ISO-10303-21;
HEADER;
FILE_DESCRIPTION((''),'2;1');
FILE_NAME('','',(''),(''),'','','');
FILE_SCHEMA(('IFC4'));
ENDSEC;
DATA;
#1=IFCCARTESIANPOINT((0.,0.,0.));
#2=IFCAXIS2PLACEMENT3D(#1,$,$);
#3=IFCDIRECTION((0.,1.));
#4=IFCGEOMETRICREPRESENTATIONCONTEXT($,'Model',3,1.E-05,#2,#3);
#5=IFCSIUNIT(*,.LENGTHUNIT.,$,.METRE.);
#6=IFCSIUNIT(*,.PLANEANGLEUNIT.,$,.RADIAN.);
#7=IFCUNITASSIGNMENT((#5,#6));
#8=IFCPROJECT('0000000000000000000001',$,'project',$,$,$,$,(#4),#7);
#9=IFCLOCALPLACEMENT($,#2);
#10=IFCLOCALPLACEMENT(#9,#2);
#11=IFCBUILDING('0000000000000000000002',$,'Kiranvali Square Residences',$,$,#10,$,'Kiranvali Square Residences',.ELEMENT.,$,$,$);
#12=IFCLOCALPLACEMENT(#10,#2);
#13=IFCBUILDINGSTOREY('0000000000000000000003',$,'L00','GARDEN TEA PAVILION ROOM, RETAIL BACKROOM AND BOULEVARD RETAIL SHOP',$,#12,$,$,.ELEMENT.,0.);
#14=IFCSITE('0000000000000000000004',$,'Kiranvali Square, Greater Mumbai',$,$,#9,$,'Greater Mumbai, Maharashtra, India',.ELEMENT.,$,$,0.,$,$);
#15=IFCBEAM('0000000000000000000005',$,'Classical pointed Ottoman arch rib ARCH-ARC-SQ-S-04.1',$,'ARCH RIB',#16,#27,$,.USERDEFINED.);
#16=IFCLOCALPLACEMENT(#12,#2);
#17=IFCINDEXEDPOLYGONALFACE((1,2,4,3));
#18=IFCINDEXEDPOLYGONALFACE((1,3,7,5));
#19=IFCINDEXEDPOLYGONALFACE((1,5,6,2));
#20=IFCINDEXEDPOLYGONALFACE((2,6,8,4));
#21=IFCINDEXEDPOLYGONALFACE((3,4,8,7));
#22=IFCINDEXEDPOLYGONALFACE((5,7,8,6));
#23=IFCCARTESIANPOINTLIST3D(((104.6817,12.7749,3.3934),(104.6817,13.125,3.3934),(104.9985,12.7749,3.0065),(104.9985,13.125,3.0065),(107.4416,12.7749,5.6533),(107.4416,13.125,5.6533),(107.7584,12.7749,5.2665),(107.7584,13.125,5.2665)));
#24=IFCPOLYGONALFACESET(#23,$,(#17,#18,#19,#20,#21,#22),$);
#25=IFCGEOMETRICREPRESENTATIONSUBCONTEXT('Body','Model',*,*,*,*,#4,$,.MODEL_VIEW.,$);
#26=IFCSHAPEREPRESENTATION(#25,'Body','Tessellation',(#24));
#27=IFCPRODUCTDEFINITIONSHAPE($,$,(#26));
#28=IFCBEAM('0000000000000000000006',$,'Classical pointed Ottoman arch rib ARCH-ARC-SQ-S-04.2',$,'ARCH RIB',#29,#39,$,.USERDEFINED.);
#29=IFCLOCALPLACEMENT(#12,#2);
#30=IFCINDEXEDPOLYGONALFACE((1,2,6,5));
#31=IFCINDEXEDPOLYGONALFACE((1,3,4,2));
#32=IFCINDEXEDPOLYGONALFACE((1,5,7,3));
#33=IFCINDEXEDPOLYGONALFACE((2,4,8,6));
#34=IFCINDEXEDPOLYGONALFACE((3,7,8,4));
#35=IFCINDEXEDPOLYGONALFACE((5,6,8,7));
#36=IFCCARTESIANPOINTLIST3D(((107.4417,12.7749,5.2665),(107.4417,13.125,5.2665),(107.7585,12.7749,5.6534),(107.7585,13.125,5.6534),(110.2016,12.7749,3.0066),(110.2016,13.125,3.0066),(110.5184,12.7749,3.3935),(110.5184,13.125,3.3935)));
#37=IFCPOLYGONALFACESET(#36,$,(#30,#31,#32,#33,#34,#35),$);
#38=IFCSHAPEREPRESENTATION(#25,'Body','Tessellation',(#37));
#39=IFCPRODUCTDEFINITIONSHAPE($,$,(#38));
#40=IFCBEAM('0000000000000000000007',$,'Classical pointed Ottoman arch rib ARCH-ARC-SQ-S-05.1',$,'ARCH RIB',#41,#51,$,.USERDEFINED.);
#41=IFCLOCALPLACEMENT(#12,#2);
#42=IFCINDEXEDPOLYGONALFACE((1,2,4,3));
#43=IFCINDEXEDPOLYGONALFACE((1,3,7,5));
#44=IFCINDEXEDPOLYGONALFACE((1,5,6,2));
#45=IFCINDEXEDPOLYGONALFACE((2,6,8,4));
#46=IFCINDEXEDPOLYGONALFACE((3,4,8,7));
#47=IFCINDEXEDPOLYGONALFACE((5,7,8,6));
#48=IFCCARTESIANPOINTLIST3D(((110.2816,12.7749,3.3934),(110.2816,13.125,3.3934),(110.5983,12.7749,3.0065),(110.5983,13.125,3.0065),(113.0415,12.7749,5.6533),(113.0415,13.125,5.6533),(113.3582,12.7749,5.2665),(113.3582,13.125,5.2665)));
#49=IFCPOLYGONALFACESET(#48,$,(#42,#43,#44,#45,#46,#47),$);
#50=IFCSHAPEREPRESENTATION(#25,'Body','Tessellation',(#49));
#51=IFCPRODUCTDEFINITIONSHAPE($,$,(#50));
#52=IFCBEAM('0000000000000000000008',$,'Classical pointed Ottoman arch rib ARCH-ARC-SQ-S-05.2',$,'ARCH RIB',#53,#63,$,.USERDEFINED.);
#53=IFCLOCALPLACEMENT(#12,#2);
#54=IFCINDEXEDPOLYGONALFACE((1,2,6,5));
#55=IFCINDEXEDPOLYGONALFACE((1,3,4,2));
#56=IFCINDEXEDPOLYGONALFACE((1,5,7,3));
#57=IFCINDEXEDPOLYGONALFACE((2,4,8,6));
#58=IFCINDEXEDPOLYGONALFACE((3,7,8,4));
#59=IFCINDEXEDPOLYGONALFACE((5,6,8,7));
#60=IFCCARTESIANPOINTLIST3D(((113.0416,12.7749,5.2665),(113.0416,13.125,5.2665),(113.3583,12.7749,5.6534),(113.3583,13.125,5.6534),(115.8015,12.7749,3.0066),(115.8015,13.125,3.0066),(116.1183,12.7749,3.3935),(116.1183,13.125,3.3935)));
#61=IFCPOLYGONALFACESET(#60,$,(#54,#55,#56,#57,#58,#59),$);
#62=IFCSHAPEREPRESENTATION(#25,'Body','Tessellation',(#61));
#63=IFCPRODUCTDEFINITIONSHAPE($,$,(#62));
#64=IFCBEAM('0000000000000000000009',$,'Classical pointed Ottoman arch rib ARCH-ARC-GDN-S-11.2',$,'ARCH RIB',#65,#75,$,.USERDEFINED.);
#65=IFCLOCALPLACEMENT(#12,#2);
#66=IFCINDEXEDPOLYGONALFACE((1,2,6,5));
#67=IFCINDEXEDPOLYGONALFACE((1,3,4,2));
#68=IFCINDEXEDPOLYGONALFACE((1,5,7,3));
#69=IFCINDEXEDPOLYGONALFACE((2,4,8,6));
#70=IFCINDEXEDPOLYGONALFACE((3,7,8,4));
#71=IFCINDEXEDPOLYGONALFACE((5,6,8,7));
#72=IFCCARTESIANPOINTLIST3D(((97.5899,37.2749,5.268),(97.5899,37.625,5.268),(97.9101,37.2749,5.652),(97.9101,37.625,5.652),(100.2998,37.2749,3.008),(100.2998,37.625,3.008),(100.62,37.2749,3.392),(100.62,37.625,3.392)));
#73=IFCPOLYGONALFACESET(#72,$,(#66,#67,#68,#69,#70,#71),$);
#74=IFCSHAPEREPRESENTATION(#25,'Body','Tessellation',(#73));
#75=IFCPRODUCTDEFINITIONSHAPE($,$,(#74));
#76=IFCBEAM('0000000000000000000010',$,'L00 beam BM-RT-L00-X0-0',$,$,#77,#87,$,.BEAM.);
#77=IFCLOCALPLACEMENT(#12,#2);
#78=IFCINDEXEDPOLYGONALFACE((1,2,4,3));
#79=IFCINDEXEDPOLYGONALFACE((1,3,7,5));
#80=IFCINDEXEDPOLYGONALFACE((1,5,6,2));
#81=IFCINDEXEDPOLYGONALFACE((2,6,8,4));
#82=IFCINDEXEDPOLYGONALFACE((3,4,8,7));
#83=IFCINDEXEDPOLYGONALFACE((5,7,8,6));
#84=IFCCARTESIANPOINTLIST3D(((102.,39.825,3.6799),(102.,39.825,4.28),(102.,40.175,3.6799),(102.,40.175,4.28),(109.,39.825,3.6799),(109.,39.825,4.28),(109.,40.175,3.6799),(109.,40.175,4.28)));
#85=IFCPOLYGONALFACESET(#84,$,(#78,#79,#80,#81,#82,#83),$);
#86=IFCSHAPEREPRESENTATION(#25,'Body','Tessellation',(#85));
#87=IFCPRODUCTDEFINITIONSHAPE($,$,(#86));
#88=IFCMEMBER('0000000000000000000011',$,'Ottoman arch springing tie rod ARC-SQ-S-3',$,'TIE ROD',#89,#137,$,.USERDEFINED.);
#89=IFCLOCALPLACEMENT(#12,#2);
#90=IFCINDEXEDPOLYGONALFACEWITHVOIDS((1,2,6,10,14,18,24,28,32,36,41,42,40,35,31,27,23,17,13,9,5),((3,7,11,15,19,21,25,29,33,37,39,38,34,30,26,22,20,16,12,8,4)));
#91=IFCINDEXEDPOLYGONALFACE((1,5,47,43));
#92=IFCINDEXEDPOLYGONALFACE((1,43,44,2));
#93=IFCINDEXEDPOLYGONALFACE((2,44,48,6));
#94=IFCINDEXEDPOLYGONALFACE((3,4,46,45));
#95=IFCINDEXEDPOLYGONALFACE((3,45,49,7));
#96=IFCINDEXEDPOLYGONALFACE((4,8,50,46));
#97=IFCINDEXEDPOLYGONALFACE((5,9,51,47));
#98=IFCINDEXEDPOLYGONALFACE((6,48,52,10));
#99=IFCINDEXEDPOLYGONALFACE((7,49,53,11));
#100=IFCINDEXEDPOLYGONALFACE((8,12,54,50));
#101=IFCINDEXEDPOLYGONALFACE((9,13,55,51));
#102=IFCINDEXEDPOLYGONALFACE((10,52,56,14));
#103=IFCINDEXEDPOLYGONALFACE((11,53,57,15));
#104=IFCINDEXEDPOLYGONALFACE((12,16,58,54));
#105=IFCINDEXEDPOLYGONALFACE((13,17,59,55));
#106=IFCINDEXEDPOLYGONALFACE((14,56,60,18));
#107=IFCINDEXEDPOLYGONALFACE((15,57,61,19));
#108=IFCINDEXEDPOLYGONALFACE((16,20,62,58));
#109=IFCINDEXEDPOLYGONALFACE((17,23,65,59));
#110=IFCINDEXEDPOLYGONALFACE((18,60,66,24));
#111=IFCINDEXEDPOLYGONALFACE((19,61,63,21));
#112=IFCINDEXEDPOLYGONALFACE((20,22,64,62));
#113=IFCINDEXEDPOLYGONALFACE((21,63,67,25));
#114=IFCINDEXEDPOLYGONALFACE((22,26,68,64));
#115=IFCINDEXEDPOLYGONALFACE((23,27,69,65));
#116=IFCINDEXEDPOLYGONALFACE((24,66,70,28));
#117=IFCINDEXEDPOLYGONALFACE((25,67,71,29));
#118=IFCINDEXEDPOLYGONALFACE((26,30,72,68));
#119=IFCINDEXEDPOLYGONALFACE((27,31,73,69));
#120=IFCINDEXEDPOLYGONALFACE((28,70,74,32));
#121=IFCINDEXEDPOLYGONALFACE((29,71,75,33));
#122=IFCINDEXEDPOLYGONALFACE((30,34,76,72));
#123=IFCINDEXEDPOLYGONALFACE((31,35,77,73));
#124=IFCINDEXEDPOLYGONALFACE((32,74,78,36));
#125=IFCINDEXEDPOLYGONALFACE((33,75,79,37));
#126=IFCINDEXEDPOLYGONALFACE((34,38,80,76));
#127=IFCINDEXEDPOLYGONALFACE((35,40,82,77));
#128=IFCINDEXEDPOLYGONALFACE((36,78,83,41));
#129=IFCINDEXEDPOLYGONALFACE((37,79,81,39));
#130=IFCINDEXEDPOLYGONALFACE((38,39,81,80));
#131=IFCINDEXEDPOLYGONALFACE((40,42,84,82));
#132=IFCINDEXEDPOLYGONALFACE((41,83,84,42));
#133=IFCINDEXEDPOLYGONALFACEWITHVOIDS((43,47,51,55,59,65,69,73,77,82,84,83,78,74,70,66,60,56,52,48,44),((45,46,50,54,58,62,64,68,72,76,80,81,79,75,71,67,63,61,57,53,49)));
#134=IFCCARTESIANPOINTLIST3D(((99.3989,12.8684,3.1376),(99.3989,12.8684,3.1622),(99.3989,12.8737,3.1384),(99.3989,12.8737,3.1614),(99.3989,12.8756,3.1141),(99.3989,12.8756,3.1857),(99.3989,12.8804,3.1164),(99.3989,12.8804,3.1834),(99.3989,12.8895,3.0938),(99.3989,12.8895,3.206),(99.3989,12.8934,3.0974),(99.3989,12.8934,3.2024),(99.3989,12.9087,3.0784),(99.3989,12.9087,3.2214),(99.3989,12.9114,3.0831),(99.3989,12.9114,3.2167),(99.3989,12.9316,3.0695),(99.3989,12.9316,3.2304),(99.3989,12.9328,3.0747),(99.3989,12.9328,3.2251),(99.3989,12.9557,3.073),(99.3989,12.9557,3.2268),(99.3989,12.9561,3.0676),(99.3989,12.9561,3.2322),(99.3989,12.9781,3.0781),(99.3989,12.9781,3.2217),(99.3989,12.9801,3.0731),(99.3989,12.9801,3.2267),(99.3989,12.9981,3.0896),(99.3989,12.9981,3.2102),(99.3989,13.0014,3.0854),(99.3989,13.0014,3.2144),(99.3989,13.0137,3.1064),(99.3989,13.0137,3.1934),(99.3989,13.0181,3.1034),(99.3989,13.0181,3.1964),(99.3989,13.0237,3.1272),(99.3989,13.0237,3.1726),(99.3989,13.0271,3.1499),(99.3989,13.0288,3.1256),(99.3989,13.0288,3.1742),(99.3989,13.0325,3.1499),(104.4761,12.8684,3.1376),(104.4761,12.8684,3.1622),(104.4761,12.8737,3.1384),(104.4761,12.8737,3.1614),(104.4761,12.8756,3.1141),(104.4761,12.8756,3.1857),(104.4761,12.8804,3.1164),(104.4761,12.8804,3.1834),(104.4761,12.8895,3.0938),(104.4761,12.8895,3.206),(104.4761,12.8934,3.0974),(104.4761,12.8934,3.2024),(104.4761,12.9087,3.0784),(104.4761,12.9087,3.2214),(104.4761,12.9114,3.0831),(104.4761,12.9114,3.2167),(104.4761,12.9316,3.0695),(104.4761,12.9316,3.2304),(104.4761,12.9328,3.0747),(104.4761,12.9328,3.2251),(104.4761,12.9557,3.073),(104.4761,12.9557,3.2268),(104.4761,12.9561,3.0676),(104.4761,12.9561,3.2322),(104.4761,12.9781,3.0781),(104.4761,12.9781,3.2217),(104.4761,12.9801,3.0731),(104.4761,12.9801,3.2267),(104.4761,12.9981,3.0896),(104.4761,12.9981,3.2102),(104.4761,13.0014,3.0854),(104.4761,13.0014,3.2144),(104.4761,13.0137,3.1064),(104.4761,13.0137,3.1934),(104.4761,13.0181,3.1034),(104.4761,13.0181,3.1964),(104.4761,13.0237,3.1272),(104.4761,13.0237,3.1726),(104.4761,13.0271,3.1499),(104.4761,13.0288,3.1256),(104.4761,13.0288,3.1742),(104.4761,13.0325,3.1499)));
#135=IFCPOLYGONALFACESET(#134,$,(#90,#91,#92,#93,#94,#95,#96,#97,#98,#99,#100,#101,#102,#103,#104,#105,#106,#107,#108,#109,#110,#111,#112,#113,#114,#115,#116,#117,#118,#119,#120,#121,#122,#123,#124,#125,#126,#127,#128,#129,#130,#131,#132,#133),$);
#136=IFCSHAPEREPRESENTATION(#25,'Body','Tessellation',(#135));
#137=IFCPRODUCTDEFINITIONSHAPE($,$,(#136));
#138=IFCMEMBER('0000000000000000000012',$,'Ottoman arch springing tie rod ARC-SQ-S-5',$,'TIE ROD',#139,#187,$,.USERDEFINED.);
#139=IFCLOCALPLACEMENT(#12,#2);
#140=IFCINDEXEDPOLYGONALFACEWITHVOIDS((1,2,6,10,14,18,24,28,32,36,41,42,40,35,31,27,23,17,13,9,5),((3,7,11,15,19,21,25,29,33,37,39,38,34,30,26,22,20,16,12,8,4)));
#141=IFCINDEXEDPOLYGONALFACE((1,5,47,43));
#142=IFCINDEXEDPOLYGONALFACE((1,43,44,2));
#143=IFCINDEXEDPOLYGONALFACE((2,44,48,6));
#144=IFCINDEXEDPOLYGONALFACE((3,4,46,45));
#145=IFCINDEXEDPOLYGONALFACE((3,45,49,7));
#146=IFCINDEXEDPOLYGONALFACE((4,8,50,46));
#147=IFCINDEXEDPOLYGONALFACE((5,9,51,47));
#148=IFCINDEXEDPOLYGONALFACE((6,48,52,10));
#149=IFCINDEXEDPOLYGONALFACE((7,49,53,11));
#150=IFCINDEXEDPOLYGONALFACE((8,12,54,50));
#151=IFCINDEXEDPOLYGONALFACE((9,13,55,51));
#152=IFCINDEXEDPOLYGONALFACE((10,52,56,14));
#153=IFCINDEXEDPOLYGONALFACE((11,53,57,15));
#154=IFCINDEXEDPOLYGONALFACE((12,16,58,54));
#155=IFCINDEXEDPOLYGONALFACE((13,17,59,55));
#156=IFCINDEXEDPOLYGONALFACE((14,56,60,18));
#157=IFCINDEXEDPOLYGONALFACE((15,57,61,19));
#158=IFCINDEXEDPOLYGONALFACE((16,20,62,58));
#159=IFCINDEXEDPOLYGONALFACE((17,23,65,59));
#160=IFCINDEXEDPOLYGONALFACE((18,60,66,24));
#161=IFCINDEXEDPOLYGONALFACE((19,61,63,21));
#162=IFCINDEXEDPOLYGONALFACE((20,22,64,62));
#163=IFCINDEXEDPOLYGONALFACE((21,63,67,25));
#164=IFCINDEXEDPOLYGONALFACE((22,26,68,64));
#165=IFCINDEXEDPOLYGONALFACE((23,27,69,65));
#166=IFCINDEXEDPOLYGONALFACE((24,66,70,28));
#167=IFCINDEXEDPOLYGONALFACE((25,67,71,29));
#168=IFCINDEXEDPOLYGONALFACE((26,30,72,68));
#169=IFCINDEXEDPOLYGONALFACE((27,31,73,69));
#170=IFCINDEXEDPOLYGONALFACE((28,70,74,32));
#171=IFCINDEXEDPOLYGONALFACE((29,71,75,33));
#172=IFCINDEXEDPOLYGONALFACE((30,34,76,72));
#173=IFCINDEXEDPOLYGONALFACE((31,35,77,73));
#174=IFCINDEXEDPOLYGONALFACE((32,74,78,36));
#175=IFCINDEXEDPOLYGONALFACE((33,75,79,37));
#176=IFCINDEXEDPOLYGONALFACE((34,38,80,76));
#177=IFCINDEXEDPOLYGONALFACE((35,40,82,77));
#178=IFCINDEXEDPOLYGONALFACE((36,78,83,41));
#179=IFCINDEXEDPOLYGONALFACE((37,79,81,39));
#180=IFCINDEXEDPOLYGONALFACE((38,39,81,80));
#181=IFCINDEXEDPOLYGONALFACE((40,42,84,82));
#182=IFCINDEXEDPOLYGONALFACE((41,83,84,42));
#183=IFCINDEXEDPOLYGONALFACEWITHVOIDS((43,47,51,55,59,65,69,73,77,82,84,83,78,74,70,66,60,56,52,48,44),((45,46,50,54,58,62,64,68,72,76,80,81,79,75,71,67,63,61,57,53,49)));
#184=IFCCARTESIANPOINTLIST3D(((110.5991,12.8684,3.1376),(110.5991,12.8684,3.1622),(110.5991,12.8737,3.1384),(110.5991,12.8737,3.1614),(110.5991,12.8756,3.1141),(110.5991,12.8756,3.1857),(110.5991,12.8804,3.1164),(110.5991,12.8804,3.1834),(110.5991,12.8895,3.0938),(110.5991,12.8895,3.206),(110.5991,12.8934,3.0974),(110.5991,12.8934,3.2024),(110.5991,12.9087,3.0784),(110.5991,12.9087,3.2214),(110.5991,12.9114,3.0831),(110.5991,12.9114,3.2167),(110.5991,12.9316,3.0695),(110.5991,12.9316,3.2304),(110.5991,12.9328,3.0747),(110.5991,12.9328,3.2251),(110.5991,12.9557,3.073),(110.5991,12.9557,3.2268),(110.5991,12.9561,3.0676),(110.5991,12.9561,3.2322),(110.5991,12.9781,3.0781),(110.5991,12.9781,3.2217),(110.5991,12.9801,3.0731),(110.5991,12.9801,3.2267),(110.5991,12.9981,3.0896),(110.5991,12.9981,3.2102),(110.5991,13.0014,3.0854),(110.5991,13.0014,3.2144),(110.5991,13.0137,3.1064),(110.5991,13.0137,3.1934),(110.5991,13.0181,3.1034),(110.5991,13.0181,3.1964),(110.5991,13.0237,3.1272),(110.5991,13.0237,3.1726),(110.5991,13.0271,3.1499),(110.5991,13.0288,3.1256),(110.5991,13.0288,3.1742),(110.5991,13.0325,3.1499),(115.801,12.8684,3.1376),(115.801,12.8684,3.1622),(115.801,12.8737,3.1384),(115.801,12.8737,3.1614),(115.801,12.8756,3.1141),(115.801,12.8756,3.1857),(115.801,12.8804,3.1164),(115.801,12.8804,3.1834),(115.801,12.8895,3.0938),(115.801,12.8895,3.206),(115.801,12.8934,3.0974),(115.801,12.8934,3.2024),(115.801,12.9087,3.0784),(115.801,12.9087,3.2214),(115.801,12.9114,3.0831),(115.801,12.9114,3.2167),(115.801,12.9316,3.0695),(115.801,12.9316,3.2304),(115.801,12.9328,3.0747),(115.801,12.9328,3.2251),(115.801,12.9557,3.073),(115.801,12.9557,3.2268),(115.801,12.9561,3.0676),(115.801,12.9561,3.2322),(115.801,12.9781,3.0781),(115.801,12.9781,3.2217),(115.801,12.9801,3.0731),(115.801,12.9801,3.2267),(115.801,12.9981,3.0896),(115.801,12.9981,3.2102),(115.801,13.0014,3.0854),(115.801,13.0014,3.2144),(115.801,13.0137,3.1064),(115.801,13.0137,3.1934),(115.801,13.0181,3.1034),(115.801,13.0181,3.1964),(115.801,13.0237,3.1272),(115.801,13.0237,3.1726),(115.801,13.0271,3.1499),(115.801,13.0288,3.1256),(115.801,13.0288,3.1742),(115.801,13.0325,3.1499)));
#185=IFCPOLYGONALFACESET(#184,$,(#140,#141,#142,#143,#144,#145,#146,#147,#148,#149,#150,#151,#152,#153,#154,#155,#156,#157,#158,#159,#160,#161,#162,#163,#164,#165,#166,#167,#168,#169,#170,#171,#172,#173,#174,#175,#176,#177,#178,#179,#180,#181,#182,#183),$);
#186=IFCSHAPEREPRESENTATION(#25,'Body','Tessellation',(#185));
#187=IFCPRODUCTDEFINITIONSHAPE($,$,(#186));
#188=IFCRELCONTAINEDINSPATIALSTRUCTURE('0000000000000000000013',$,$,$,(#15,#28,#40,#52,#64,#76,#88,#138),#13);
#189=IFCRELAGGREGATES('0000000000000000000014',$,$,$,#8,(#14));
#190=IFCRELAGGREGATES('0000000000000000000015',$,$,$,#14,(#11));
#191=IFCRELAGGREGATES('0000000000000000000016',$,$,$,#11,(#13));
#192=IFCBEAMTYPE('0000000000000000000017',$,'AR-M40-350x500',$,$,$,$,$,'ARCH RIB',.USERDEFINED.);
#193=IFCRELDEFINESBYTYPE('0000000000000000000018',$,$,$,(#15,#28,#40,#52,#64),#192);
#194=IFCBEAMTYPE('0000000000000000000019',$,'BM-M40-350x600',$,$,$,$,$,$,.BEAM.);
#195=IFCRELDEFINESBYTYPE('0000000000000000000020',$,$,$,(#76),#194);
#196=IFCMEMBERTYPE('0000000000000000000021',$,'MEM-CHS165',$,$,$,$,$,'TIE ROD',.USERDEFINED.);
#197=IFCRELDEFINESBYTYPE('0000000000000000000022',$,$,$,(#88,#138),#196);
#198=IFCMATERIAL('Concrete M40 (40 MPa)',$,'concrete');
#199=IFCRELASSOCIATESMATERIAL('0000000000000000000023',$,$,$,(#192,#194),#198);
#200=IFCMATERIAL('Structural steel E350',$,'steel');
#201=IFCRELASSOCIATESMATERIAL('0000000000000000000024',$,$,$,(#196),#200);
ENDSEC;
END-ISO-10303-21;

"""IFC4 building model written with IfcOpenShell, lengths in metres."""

from ifc_helpers import new_model, si_unit, direction, frame, origin, origin_2d, place, context, subcontext, project, spatial, rectangle, hollow_circle, extrude, material, material_profile, profile_set, type_object, element, save


model = new_model("IFC4")

# Units and contexts
model_context = context("Model", 3, precision=1e-05, world=origin(), true_north=direction((0.0, 1.0)))
body_context = subcontext(model_context, "Body", "Model", "MODEL_VIEW")
ifc_project = project(units=[si_unit("LENGTHUNIT", "METRE"), si_unit("PLANEANGLEUNIT", "RADIAN")], contexts=[model_context])

# Site, building, storey
site_placement = place(None, origin())
site = spatial("IfcSite", under=ifc_project, at=site_placement, Name="Kiranvali Square, Greater Mumbai", LongName="Greater Mumbai, Maharashtra, India", CompositionType="ELEMENT", RefElevation=0.0)
building_placement = place(site_placement, origin())
building = spatial("IfcBuilding", under=site, at=building_placement, Name="Kiranvali Square Residences", LongName="Kiranvali Square Residences", CompositionType="ELEMENT")
storey_placement = place(building_placement, origin())
storey = spatial("IfcBuildingStorey", under=building, at=storey_placement, Name="L00", Description="GARDEN TEA PAVILION ROOM, RETAIL BACKROOM AND BOULEVARD RETAIL SHOP", CompositionType="ELEMENT", Elevation=0.0)

# Shared definitions
ifc_material_1 = material(Name="Concrete M40 (40 MPa)", Category="concrete")

# Beams
ifc_material_profile_1 = material_profile(ifc_material_1, rectangle(XDim=0.3501, YDim=0.5, at=origin_2d()), Name="RC 350x500")
ifc_profile_set_1 = profile_set([ifc_material_profile_1], Name="Concrete M40 (40 MPa)")
beam_type_1 = type_object("IfcBeamType", Name="AR-M40-350x500", ElementType="ARCH RIB", PredefinedType="USERDEFINED", material=ifc_profile_set_1)
for number, where, z_axis, x_axis, name in (
    (1, (104.8401, 12.95, 3.2), (0.773707, 0.0, 0.633543), (0.0, 1.0, 0.0), "Classical pointed Ottoman arch rib ARCH-ARC-SQ-S-04.1"),
    (2, (107.6001, 12.95, 5.46), (0.773707, 0.0, -0.633543), (0.0, 1.0, 0.0), "Classical pointed Ottoman arch rib ARCH-ARC-SQ-S-04.2"),
    (3, (110.4399, 12.95, 3.2), (0.773707, 0.0, 0.633543), (0.0, 1.0, 0.0), "Classical pointed Ottoman arch rib ARCH-ARC-SQ-S-05.1"),
    (4, (113.2, 12.95, 5.46), (0.773707, 0.0, -0.633543), (0.0, 1.0, 0.0), "Classical pointed Ottoman arch rib ARCH-ARC-SQ-S-05.2"),
):
    element("IfcBeam", number, at=place(storey_placement, frame(where, z_axis=z_axis, x_axis=x_axis)), inside=storey, type_object=beam_type_1, Name=name, ObjectType="ARCH RIB", PredefinedType="USERDEFINED", context=body_context, shape_type="SweptSolid", body=[
        extrude(rectangle(XDim=0.3501, YDim=0.5, at=origin_2d()), origin(), (0.0, 0.0, 1.0), 3.5671),
    ])
beam_1_placement = place(storey_placement, frame((97.75, 37.45, 5.46), z_axis=(0.767983, 0.0, -0.64047), x_axis=(0.0, 1.0, 0.0)))
element("IfcBeam", 5, at=beam_1_placement, inside=storey, type_object=beam_type_1, Name="Classical pointed Ottoman arch rib ARCH-ARC-GDN-S-11.2", ObjectType="ARCH RIB", PredefinedType="USERDEFINED", context=body_context, shape_type="SweptSolid", body=[
    extrude(rectangle(XDim=0.3501, YDim=0.5, at=origin_2d()), origin(), (0.0, 0.0, 1.0), 3.5286),
])
ifc_material_profile_2 = material_profile(ifc_material_1, rectangle(XDim=0.3501, YDim=0.6001, at=origin_2d()), Name="RC 350x600")
ifc_profile_set_2 = profile_set([ifc_material_profile_2], Name="Concrete M40 (40 MPa)")
beam_type_2 = type_object("IfcBeamType", Name="BM-M40-350x600", PredefinedType="BEAM", material=ifc_profile_set_2)
beam_2_placement = place(storey_placement, frame((102.0, 40.0, 3.98), z_axis=(1.0, 0.0, 0.0), x_axis=(0.0, 1.0, 0.0)))
element("IfcBeam", 6, at=beam_2_placement, inside=storey, type_object=beam_type_2, Name="L00 beam BM-RT-L00-X0-0", PredefinedType="BEAM", context=body_context, shape_type="SweptSolid", body=[
    extrude(rectangle(XDim=0.3501, YDim=0.6001, at=origin_2d()), origin(), (0.0, 0.0, 1.0), 7.0),
])

# Members
ifc_material_2 = material(Name="Structural steel E350", Category="steel")
ifc_material_profile_3 = material_profile(ifc_material_2, hollow_circle(Radius=0.0825, WallThickness=0.0054, at=origin_2d()), Name="CHS 165.1x5.4")
ifc_profile_set_3 = profile_set([ifc_material_profile_3], Name="Structural steel E350")
member_type_1 = type_object("IfcMemberType", Name="MEM-CHS165", ElementType="TIE ROD", PredefinedType="USERDEFINED", material=ifc_profile_set_3)
member_1_placement = place(storey_placement, frame((99.3989, 12.95, 3.1499), z_axis=(1.0, 0.0, 0.0), x_axis=(0.0, 1.0, 0.0)))
element("IfcMember", 7, at=member_1_placement, inside=storey, type_object=member_type_1, Name="Ottoman arch springing tie rod ARC-SQ-S-3", ObjectType="TIE ROD", PredefinedType="USERDEFINED", context=body_context, shape_type="SweptSolid", body=[
    extrude(hollow_circle(Radius=0.0825, WallThickness=0.0054, at=origin_2d()), origin(), (0.0, 0.0, 1.0), 5.0771),
])
member_2_placement = place(storey_placement, frame((110.5991, 12.95, 3.1499), z_axis=(1.0, 0.0, 0.0), x_axis=(0.0, 1.0, 0.0)))
element("IfcMember", 8, at=member_2_placement, inside=storey, type_object=member_type_1, Name="Ottoman arch springing tie rod ARC-SQ-S-5", ObjectType="TIE ROD", PredefinedType="USERDEFINED", context=body_context, shape_type="SweptSolid", body=[
    extrude(hollow_circle(Radius=0.0825, WallThickness=0.0054, at=origin_2d()), origin(), (0.0, 0.0, 1.0), 5.2019),
])

save(model, "model.ifc")
